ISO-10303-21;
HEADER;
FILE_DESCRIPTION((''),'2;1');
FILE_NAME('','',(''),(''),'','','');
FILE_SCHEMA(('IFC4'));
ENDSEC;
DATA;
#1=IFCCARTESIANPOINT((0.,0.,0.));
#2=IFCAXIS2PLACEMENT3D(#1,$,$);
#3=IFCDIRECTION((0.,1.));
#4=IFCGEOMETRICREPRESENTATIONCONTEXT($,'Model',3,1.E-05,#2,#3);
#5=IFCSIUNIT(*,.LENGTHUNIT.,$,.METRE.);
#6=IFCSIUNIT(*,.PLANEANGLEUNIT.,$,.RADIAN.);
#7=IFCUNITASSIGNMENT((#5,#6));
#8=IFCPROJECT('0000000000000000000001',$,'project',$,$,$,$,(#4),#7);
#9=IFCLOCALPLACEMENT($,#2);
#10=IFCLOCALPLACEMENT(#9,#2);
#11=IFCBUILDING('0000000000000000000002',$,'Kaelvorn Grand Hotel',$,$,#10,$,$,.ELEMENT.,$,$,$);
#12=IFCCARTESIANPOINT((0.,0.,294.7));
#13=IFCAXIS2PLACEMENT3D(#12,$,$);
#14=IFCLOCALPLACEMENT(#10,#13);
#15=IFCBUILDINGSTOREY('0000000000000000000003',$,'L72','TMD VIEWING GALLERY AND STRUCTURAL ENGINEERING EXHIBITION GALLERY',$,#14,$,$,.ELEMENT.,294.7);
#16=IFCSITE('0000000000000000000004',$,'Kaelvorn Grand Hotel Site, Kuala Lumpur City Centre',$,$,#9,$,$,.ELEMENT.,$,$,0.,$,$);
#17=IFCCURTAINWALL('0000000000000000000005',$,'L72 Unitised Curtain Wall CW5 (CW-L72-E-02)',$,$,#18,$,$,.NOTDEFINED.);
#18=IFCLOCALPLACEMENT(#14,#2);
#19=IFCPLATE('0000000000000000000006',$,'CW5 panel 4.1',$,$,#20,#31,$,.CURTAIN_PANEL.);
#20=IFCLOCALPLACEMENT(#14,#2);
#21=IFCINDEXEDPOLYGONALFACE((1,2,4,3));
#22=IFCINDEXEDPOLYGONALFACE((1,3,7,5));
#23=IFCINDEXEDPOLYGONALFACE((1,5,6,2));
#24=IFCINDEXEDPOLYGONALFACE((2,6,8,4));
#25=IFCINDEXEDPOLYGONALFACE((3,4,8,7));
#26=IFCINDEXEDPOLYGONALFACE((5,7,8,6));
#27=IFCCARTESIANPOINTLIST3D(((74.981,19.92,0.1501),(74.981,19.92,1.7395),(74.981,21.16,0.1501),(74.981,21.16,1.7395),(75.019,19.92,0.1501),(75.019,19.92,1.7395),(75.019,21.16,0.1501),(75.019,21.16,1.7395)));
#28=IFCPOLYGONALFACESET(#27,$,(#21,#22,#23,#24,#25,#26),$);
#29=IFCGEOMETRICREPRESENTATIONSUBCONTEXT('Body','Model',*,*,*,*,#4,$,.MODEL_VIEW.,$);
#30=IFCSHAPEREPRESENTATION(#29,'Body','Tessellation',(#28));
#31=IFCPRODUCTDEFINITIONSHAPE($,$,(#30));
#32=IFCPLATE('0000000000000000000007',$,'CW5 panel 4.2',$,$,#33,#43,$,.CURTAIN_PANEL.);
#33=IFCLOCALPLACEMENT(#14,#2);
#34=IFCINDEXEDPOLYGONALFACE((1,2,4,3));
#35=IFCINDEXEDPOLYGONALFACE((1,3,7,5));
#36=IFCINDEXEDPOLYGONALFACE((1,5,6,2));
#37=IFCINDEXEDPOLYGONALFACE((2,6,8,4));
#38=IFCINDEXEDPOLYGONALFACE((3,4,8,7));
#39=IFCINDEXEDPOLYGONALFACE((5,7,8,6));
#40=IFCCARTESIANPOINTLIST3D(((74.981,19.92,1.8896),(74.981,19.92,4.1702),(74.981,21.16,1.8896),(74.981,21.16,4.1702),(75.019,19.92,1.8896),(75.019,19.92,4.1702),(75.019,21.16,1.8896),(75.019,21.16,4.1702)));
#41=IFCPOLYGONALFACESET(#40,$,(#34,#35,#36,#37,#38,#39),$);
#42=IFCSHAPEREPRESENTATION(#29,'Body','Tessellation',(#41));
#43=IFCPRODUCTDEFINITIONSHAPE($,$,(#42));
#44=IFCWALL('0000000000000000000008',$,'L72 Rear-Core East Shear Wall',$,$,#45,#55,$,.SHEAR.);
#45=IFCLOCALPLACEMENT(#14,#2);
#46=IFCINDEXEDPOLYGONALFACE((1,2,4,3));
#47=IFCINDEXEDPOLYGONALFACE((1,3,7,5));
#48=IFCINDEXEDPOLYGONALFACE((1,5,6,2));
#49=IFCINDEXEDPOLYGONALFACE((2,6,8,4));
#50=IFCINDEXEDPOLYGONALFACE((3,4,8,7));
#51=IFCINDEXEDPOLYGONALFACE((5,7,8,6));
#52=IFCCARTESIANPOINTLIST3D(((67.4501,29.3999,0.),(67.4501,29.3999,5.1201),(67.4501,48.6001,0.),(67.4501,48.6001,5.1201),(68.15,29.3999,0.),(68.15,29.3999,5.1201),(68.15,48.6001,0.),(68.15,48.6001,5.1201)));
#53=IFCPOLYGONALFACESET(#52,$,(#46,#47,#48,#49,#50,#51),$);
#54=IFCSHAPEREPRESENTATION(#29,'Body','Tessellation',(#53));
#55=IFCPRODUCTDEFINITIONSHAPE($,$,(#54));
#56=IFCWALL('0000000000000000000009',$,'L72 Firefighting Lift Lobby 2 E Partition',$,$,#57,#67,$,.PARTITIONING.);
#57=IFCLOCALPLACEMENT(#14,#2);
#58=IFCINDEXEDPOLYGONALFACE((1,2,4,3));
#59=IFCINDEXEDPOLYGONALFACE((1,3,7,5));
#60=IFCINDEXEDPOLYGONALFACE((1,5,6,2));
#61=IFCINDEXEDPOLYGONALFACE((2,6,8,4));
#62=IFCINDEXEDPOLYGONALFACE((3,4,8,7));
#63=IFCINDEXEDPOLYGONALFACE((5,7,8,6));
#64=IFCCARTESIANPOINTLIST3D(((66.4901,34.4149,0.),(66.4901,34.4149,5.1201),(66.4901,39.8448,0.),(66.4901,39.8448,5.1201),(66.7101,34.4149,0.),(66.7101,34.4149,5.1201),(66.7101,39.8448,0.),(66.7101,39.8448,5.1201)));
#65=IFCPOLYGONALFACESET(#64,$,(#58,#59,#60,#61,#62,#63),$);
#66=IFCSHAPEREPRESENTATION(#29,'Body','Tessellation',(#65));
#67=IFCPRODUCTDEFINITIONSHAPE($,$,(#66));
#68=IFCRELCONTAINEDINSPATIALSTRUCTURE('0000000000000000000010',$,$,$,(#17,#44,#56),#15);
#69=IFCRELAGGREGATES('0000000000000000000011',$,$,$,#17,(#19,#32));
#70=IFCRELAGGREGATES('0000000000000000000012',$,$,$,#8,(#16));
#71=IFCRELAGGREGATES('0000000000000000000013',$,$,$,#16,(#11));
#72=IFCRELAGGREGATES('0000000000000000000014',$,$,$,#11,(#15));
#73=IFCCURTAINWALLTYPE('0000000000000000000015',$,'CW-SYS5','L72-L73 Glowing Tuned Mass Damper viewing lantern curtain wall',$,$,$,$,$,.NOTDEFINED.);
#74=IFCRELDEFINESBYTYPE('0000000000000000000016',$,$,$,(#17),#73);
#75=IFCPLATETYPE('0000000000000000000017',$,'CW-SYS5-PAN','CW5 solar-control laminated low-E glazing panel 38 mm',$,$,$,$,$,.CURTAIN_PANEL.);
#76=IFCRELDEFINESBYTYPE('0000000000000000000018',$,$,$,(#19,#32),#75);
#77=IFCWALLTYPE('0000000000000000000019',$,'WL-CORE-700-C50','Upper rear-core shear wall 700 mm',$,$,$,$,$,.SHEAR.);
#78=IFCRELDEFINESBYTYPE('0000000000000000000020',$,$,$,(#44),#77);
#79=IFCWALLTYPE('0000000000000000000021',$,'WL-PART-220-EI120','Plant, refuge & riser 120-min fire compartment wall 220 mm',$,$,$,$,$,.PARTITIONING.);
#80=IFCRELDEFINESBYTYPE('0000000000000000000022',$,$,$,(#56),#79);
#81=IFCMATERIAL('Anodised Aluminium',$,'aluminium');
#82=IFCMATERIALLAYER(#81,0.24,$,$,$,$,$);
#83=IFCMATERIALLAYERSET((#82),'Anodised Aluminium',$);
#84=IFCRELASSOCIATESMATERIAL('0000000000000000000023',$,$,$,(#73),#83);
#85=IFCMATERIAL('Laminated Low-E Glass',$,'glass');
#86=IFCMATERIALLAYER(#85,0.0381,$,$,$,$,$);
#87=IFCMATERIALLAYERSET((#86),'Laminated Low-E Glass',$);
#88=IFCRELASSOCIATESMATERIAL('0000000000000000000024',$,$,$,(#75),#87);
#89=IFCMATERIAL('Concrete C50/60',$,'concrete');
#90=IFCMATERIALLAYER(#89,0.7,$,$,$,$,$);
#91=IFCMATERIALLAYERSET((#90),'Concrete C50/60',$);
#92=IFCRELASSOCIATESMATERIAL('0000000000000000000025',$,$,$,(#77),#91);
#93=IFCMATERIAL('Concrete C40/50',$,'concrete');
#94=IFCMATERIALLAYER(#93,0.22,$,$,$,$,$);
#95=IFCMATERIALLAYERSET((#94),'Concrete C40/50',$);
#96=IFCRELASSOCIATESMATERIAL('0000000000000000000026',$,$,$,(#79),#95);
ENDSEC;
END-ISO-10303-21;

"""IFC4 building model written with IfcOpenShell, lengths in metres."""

from ifc_helpers import new_model, si_unit, direction, frame, frame_2d, origin, origin_2d, place, context, subcontext, project, spatial, rectangle, extrude, material, layer, layer_set, type_object, element, aggregate, save


model = new_model("IFC4")

# Units and contexts
model_context = context("Model", 3, precision=1e-05, world=origin(), true_north=direction((0.0, 1.0)))
body_context = subcontext(model_context, "Body", "Model", "MODEL_VIEW")
ifc_project = project(units=[si_unit("LENGTHUNIT", "METRE"), si_unit("PLANEANGLEUNIT", "RADIAN")], contexts=[model_context])

# Site, building, storey
site_placement = place(None, origin())
site = spatial("IfcSite", under=ifc_project, at=site_placement, Name="Kaelvorn Grand Hotel Site, Kuala Lumpur City Centre", CompositionType="ELEMENT", RefElevation=0.0)
building_placement = place(site_placement, origin())
building = spatial("IfcBuilding", under=site, at=building_placement, Name="Kaelvorn Grand Hotel", CompositionType="ELEMENT")
storey_placement = place(building_placement, frame((0.0, 0.0, 294.7)))
storey = spatial("IfcBuildingStorey", under=building, at=storey_placement, Name="L72", Description="TMD VIEWING GALLERY AND STRUCTURAL ENGINEERING EXHIBITION GALLERY", CompositionType="ELEMENT", Elevation=294.7)

# Shared definitions
ifc_material_1 = material(Name="Concrete C50/60", Category="concrete")

# Curtain wall, plates
ifc_material_2 = material(Name="Anodised Aluminium", Category="aluminium")
ifc_layer_1 = layer(ifc_material_2, 0.24)
ifc_layer_set_1 = layer_set([ifc_layer_1], Name="Anodised Aluminium")
curtain_wall_type = type_object("IfcCurtainWallType", Name="CW-SYS5", Description="L72-L73 Glowing Tuned Mass Damper viewing lantern curtain wall", PredefinedType="NOTDEFINED", material=ifc_layer_set_1)
curtain_wall_placement = place(storey_placement, origin())
curtain_wall = element("IfcCurtainWall", 1, at=curtain_wall_placement, inside=storey, type_object=curtain_wall_type, Name="L72 Unitised Curtain Wall CW5 (CW-L72-E-02)", PredefinedType="NOTDEFINED")
ifc_material_3 = material(Name="Laminated Low-E Glass", Category="glass")
ifc_layer_2 = layer(ifc_material_3, 0.0381)
ifc_layer_set_2 = layer_set([ifc_layer_2], Name="Laminated Low-E Glass")
plate_type = type_object("IfcPlateType", Name="CW-SYS5-PAN", Description="CW5 solar-control laminated low-E glazing panel 38 mm", PredefinedType="CURTAIN_PANEL", material=ifc_layer_set_2)
plate_1_placement = place(storey_placement, frame((75.0, 20.54, 0.1501), z_axis=(0.0, 0.0, 1.0), x_axis=(0.0, 1.0, 0.0)))
plate_1 = element("IfcPlate", 2, at=plate_1_placement, type_object=plate_type, Name="CW5 panel 4.1", PredefinedType="CURTAIN_PANEL", context=body_context, shape_type="SweptSolid", body=[
    extrude(rectangle(XDim=1.24, YDim=0.0381, at=origin_2d()), origin(), (0.0, 0.0, 1.0), 1.5894),
])
plate_2_placement = place(storey_placement, frame((75.0, 20.54, 1.8896), z_axis=(0.0, 0.0, 1.0), x_axis=(0.0, 1.0, 0.0)))
plate_2 = element("IfcPlate", 3, at=plate_2_placement, type_object=plate_type, Name="CW5 panel 4.2", PredefinedType="CURTAIN_PANEL", context=body_context, shape_type="SweptSolid", body=[
    extrude(rectangle(XDim=1.24, YDim=0.0381, at=origin_2d()), origin(), (0.0, 0.0, 1.0), 2.2805),
])
aggregate(curtain_wall, [plate_1, plate_2])

# Wall
ifc_layer_3 = layer(ifc_material_1, 0.7)
ifc_layer_set_3 = layer_set([ifc_layer_3], Name="Concrete C50/60")
wall_type_1 = type_object("IfcWallType", Name="WL-CORE-700-C50", Description="Upper rear-core shear wall 700 mm", PredefinedType="SHEAR", material=ifc_layer_set_3)
wall_1_placement = place(storey_placement, frame((67.8, 29.3999, 0.0), z_axis=(0.0, 0.0, 1.0), x_axis=(0.0, 1.0, 0.0)))
element("IfcWall", 4, at=wall_1_placement, inside=storey, type_object=wall_type_1, Name="L72 Rear-Core East Shear Wall", PredefinedType="SHEAR", context=body_context, shape_type="SweptSolid", body=[
    extrude(rectangle(XDim=19.2002, YDim=0.7, at=frame_2d((9.6001, 0.0))), origin(), (0.0, 0.0, 1.0), 5.1201),
])

# Wall
ifc_material_4 = material(Name="Concrete C40/50", Category="concrete")
ifc_layer_4 = layer(ifc_material_4, 0.22)
ifc_layer_set_4 = layer_set([ifc_layer_4], Name="Concrete C40/50")
wall_type_2 = type_object("IfcWallType", Name="WL-PART-220-EI120", Description="Plant, refuge & riser 120-min fire compartment wall 220 mm", PredefinedType="PARTITIONING", material=ifc_layer_set_4)
wall_2_placement = place(storey_placement, frame((66.6001, 34.415, 0.0), z_axis=(0.0, 0.0, 1.0), x_axis=(0.0, 1.0, 0.0)))
element("IfcWall", 5, at=wall_2_placement, inside=storey, type_object=wall_type_2, Name="L72 Firefighting Lift Lobby 2 E Partition", PredefinedType="PARTITIONING", context=body_context, shape_type="SweptSolid", body=[
    extrude(rectangle(XDim=5.4299, YDim=0.22, at=frame_2d((2.7148, 0.0))), origin(), (0.0, 0.0, 1.0), 5.1201),
])

save(model, "model.ifc")
